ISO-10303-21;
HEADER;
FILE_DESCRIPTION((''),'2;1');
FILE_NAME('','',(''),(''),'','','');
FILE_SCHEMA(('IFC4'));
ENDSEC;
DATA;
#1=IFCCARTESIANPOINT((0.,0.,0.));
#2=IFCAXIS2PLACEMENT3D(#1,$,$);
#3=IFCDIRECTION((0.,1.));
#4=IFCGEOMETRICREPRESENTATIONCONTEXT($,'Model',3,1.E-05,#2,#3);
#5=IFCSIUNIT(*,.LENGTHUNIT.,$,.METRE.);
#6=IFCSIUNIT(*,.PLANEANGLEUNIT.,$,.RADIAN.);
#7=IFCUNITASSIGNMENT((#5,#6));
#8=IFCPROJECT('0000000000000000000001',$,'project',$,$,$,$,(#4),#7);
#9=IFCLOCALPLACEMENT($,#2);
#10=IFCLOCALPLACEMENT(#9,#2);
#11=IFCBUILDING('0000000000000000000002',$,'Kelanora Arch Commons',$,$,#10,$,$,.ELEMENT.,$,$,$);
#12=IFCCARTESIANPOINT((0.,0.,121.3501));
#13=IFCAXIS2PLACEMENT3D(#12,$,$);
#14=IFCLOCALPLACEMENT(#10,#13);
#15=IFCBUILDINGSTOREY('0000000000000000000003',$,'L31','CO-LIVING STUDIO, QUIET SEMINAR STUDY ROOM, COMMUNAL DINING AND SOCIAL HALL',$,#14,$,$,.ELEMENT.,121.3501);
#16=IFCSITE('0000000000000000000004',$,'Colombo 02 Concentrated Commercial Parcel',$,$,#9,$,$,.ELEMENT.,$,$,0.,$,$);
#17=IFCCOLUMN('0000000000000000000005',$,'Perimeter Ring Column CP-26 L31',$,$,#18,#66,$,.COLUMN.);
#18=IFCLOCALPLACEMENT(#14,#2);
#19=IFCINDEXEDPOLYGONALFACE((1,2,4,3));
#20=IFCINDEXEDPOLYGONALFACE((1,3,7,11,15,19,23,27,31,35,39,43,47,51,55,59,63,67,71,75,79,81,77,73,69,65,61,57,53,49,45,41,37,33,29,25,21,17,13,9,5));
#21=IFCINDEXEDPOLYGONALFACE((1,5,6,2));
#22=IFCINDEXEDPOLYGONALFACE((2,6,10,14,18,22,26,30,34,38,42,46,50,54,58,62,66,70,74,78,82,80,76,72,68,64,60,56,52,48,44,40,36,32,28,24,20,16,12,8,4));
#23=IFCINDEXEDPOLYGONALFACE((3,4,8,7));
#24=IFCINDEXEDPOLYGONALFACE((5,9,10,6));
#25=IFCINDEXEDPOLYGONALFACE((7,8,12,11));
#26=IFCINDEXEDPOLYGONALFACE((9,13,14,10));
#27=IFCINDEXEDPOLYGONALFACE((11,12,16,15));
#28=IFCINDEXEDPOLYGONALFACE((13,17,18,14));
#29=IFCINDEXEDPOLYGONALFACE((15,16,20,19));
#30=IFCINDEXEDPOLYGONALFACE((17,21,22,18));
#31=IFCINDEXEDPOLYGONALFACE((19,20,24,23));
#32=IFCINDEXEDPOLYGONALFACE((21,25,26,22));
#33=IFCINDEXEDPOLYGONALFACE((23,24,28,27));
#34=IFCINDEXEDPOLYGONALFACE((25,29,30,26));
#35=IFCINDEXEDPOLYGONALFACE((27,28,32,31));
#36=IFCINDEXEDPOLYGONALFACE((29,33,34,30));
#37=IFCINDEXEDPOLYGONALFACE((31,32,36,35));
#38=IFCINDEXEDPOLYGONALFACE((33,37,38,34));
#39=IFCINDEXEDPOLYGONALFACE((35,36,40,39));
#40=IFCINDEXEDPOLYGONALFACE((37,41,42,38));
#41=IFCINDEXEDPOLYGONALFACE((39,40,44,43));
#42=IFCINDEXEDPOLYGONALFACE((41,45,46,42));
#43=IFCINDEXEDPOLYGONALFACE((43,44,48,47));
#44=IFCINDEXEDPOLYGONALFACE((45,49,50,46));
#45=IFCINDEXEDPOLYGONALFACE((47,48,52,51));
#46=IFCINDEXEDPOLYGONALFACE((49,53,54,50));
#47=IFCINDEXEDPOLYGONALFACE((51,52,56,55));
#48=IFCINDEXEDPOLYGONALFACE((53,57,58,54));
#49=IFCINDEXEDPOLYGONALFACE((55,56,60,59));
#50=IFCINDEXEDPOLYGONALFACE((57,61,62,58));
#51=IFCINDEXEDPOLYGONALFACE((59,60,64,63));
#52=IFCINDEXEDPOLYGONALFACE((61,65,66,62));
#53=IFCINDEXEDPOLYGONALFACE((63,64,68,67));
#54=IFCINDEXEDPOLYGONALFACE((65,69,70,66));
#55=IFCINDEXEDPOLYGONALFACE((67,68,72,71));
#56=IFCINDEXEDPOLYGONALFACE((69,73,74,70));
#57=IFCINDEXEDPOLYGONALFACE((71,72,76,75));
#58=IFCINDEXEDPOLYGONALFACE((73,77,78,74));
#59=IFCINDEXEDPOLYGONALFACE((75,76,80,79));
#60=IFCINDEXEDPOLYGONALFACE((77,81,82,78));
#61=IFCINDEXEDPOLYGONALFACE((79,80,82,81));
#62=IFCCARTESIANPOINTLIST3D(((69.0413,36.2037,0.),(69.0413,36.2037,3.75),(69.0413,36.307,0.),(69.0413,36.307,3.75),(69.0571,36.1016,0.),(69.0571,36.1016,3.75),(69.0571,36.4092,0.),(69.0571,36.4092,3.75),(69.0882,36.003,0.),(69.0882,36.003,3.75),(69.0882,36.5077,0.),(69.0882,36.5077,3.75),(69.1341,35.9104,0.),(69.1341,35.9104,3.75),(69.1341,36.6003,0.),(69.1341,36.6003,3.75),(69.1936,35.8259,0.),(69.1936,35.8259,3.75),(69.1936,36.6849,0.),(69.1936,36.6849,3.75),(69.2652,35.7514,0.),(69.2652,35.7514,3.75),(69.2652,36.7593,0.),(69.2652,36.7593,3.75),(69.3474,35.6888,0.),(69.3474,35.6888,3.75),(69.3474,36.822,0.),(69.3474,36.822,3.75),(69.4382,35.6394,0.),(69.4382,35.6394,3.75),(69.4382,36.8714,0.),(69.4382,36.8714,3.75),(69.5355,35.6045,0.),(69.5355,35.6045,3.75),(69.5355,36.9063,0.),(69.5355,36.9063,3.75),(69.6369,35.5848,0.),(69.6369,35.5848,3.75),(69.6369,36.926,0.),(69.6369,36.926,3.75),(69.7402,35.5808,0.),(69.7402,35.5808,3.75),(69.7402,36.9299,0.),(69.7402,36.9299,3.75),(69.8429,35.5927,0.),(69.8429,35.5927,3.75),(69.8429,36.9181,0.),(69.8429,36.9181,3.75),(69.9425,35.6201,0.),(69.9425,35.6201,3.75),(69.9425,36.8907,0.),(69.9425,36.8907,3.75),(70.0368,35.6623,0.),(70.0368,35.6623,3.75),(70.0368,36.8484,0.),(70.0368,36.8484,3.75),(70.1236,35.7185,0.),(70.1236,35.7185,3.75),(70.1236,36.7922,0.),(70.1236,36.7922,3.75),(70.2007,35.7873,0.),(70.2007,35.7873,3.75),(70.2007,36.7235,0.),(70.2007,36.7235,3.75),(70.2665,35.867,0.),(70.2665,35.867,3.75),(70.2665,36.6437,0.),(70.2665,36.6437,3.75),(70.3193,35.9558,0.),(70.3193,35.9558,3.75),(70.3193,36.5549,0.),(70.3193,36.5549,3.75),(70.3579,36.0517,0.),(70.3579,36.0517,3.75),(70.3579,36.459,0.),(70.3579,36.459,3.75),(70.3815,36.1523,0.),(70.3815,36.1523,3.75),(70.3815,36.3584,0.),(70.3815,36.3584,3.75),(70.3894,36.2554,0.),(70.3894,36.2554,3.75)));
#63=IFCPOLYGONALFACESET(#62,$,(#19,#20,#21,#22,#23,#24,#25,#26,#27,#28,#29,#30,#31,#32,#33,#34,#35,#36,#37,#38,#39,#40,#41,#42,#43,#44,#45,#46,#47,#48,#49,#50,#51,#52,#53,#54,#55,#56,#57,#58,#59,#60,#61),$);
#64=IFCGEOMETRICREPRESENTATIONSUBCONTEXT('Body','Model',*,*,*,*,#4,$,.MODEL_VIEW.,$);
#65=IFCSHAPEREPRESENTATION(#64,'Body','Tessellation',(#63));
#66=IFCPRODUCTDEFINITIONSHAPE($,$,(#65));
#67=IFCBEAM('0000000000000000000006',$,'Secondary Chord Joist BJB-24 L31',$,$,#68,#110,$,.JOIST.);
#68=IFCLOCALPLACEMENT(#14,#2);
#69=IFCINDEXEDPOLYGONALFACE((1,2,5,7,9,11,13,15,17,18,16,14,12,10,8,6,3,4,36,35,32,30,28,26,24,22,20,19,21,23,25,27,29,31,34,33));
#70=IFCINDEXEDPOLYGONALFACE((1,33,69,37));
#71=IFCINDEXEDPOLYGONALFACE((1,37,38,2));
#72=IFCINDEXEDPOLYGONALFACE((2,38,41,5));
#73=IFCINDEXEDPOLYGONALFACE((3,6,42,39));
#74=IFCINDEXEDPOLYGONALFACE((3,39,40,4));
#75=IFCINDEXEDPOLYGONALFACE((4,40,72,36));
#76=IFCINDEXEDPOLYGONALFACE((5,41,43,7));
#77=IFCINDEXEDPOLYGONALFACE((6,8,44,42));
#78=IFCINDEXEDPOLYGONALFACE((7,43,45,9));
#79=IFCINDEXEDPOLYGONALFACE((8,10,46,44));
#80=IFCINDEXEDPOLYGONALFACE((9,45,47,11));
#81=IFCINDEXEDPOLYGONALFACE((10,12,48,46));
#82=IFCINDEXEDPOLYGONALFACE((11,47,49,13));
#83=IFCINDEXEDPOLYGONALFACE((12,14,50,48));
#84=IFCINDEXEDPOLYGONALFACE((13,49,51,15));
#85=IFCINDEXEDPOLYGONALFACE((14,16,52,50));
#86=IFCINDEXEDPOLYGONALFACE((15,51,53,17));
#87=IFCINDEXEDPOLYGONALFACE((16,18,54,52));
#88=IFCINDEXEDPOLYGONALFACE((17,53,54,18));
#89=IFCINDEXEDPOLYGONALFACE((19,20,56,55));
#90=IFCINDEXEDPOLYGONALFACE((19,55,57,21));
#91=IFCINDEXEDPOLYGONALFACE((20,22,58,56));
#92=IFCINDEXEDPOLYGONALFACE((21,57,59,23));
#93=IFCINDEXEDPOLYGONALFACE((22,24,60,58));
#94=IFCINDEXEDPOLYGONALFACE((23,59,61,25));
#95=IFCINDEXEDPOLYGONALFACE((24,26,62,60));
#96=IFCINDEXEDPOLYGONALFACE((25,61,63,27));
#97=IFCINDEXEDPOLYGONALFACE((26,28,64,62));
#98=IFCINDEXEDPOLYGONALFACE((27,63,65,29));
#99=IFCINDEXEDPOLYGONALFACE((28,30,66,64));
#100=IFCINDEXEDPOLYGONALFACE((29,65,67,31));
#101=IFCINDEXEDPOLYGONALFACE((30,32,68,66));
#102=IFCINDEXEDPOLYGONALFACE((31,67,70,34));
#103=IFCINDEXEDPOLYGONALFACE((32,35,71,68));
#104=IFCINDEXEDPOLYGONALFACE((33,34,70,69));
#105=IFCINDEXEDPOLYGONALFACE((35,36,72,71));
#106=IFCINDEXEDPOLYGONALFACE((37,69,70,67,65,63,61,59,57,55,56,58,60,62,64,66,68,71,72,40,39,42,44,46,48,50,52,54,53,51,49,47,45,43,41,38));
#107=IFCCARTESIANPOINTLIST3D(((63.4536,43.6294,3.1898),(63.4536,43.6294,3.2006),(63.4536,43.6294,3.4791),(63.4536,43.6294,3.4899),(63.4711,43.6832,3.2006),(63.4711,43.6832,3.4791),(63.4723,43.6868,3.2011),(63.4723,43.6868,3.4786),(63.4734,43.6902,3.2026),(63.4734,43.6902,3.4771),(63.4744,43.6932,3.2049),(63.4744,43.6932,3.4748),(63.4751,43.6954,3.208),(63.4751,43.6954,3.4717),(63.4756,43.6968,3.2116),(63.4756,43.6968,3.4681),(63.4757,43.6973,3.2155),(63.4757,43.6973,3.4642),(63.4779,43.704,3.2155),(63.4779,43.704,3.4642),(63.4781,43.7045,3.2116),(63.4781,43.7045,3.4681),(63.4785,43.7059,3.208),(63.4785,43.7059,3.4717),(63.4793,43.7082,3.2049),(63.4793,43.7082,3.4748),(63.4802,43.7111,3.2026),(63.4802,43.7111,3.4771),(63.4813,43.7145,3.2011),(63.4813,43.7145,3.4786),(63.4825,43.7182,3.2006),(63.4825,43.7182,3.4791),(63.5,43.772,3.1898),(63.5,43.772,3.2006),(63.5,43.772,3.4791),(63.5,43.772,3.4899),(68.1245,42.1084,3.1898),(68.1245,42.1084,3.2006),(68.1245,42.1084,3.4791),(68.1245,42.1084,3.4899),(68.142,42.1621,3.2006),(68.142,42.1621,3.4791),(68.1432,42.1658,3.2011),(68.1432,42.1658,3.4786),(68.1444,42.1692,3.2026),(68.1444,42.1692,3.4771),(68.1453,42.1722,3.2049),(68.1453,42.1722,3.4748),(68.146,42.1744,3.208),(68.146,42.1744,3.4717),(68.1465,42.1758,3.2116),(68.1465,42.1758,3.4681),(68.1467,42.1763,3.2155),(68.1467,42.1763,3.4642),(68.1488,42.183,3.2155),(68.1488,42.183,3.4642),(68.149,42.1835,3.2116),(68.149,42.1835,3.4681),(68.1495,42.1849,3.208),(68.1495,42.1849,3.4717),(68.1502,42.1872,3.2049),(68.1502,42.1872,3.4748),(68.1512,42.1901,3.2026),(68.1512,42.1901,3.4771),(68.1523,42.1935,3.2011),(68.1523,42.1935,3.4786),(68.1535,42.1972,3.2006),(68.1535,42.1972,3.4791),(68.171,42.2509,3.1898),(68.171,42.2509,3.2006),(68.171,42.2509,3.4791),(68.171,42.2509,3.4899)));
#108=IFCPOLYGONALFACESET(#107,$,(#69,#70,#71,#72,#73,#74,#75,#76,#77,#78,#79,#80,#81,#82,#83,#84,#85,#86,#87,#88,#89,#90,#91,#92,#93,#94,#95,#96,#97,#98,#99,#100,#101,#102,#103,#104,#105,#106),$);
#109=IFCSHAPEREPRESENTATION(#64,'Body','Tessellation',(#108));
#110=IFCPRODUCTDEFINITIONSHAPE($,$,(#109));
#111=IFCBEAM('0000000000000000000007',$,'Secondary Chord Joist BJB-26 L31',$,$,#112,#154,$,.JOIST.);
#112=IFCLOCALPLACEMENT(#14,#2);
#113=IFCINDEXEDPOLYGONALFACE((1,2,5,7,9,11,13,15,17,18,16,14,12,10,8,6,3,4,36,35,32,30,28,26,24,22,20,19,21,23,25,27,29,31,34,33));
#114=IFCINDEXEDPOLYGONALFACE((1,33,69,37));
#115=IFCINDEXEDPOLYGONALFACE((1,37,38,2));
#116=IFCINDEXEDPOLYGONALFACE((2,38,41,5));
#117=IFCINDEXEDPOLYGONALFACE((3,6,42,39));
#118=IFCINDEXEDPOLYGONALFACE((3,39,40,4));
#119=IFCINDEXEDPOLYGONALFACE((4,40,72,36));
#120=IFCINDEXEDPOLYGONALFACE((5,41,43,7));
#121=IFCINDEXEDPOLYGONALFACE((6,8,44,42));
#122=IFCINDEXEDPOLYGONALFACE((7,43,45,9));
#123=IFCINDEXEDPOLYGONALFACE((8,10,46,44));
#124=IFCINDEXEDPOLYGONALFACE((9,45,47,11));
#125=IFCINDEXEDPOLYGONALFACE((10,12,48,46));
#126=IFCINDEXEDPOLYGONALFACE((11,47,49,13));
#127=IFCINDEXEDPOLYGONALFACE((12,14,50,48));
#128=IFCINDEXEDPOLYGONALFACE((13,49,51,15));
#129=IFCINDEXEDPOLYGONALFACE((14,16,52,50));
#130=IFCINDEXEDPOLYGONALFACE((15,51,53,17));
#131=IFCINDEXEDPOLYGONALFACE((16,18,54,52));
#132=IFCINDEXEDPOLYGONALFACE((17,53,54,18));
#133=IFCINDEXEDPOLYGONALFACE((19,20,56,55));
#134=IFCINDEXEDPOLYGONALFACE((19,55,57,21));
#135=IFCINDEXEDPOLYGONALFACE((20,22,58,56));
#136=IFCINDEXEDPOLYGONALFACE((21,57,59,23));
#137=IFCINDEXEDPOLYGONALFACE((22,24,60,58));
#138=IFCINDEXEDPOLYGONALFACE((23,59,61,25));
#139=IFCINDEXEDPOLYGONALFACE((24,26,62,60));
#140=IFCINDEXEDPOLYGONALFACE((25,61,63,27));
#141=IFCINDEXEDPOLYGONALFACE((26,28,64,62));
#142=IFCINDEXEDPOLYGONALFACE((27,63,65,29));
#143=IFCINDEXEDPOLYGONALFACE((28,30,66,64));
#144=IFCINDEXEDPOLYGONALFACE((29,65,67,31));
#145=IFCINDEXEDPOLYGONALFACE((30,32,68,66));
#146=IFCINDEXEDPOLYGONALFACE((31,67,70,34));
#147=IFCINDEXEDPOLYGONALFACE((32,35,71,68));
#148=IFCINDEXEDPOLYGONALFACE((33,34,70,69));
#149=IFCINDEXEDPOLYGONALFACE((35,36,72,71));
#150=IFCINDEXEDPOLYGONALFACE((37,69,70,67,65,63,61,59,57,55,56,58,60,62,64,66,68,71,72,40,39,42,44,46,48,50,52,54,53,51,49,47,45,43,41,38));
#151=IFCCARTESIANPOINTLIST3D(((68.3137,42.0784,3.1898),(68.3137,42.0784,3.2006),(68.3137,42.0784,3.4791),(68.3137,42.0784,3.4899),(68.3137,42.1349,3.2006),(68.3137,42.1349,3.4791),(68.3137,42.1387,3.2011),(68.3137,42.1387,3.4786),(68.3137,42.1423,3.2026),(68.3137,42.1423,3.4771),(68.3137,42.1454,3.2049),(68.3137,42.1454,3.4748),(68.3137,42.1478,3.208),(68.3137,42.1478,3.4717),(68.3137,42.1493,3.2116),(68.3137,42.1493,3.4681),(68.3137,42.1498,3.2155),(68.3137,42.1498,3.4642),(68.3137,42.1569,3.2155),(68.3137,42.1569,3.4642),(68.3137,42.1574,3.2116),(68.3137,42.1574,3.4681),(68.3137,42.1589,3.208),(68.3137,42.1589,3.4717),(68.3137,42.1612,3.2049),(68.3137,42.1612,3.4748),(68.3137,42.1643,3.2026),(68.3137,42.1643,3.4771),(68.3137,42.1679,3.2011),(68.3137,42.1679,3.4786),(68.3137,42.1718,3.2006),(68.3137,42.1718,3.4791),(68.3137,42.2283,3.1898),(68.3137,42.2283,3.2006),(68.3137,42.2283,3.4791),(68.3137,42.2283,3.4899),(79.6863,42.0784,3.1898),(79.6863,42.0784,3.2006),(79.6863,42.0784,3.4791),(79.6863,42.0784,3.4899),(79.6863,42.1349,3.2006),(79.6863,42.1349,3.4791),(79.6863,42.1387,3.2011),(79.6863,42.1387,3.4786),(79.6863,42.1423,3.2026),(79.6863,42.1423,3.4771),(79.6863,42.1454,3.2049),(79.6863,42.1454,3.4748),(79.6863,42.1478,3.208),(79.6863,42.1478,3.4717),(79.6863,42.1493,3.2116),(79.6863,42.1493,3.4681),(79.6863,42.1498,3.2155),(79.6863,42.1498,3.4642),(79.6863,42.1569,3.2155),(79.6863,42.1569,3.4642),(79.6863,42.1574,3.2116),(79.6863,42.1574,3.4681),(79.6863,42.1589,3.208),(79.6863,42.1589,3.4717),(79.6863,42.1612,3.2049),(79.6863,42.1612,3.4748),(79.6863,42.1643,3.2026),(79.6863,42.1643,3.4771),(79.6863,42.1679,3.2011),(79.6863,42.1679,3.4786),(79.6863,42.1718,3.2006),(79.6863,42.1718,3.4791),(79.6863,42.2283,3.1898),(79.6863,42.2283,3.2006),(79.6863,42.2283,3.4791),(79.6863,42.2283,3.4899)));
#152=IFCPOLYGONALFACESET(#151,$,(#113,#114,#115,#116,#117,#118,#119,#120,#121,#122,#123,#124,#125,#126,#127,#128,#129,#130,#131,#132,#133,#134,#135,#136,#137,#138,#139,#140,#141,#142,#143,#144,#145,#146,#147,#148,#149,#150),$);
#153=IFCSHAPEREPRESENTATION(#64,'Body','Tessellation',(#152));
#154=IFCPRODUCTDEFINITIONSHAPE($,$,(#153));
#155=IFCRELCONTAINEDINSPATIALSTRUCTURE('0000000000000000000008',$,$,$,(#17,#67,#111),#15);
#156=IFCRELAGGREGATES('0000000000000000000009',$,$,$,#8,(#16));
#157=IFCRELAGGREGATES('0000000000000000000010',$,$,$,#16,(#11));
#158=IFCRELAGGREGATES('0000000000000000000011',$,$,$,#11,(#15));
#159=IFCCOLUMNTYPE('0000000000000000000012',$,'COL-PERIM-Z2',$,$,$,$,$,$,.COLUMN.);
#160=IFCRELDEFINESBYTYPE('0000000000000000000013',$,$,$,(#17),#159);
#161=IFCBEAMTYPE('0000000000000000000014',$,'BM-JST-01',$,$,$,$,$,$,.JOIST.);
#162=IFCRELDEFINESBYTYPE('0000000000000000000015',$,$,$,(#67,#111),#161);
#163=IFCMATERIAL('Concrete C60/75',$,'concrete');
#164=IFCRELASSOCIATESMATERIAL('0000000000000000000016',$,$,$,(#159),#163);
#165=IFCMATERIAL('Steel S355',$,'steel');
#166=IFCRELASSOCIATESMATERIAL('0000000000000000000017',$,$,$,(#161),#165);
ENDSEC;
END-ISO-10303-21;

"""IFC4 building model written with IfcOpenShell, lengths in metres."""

from ifc_helpers import new_model, si_unit, direction, frame, origin, origin_2d, place, context, subcontext, project, spatial, circle, i_section, extrude, material, material_profile, profile_set, type_object, element, save


model = new_model("IFC4")

# Units and contexts
model_context = context("Model", 3, precision=1e-05, world=origin(), true_north=direction((0.0, 1.0)))
body_context = subcontext(model_context, "Body", "Model", "MODEL_VIEW")
ifc_project = project(units=[si_unit("LENGTHUNIT", "METRE"), si_unit("PLANEANGLEUNIT", "RADIAN")], contexts=[model_context])

# Site, building, storey
site_placement = place(None, origin())
site = spatial("IfcSite", under=ifc_project, at=site_placement, Name="Colombo 02 Concentrated Commercial Parcel", CompositionType="ELEMENT", RefElevation=0.0)
building_placement = place(site_placement, origin())
building = spatial("IfcBuilding", under=site, at=building_placement, Name="Kelanora Arch Commons", CompositionType="ELEMENT")
storey_placement = place(building_placement, frame((0.0, 0.0, 121.3501)))
storey = spatial("IfcBuildingStorey", under=building, at=storey_placement, Name="L31", Description="CO-LIVING STUDIO, QUIET SEMINAR STUDY ROOM, COMMUNAL DINING AND SOCIAL HALL", CompositionType="ELEMENT", Elevation=121.3501)

# Column
ifc_material_1 = material(Name="Concrete C60/75", Category="concrete")
ifc_material_profile_1 = material_profile(ifc_material_1, circle(Radius=0.675, at=origin_2d()), Name="RCC1350")
ifc_profile_set_1 = profile_set([ifc_material_profile_1], Name="Concrete C60/75")
column_type = type_object("IfcColumnType", Name="COL-PERIM-Z2", PredefinedType="COLUMN", material=ifc_profile_set_1)
column_placement = place(storey_placement, frame((69.7144, 36.2554, 0.0), z_axis=(0.0, 0.0, 1.0), x_axis=(1.0, 0.0, 0.0)))
element("IfcColumn", 1, at=column_placement, inside=storey, type_object=column_type, Name="Perimeter Ring Column CP-26 L31", PredefinedType="COLUMN", context=body_context, shape_type="SweptSolid", body=[
    extrude(circle(Radius=0.675, at=origin_2d()), origin(), (0.0, 0.0, 1.0), 3.75),
])

# Beams
ifc_material_2 = material(Name="Steel S355", Category="steel")
ifc_material_profile_2 = material_profile(ifc_material_2, i_section(OverallWidth=0.1499, OverallDepth=0.3, WebThickness=0.0071, FlangeThickness=0.0107, FilletRadius=0.0149, at=origin_2d()), Name="IPE300")
ifc_profile_set_2 = profile_set([ifc_material_profile_2], Name="Steel S355")
beam_type_1 = type_object("IfcBeamType", Name="BM-JST-01", PredefinedType="JOIST", material=ifc_profile_set_2)
beam_1_placement = place(storey_placement, frame((63.4768, 43.7007, 3.3398), z_axis=(0.950857, -0.30963, 0.0), x_axis=(0.30963, 0.950857, 0.0)))
element("IfcBeam", 2, at=beam_1_placement, inside=storey, type_object=beam_type_1, Name="Secondary Chord Joist BJB-24 L31", PredefinedType="JOIST", context=body_context, shape_type="SweptSolid", body=[
    extrude(i_section(OverallWidth=0.1499, OverallDepth=0.3, WebThickness=0.0071, FlangeThickness=0.0107, FilletRadius=0.0149, at=origin_2d()), origin(), (0.0, 0.0, 1.0), 4.9124),
])
beam_2_placement = place(storey_placement, frame((68.3137, 42.1533, 3.3398), z_axis=(1.0, 0.0, 0.0), x_axis=(0.0, 1.0, 0.0)))
element("IfcBeam", 3, at=beam_2_placement, inside=storey, type_object=beam_type_1, Name="Secondary Chord Joist BJB-26 L31", PredefinedType="JOIST", context=body_context, shape_type="SweptSolid", body=[
    extrude(i_section(OverallWidth=0.1499, OverallDepth=0.3, WebThickness=0.0071, FlangeThickness=0.0107, FilletRadius=0.0149, at=origin_2d()), origin(), (0.0, 0.0, 1.0), 11.3726),
])

save(model, "model.ifc")
